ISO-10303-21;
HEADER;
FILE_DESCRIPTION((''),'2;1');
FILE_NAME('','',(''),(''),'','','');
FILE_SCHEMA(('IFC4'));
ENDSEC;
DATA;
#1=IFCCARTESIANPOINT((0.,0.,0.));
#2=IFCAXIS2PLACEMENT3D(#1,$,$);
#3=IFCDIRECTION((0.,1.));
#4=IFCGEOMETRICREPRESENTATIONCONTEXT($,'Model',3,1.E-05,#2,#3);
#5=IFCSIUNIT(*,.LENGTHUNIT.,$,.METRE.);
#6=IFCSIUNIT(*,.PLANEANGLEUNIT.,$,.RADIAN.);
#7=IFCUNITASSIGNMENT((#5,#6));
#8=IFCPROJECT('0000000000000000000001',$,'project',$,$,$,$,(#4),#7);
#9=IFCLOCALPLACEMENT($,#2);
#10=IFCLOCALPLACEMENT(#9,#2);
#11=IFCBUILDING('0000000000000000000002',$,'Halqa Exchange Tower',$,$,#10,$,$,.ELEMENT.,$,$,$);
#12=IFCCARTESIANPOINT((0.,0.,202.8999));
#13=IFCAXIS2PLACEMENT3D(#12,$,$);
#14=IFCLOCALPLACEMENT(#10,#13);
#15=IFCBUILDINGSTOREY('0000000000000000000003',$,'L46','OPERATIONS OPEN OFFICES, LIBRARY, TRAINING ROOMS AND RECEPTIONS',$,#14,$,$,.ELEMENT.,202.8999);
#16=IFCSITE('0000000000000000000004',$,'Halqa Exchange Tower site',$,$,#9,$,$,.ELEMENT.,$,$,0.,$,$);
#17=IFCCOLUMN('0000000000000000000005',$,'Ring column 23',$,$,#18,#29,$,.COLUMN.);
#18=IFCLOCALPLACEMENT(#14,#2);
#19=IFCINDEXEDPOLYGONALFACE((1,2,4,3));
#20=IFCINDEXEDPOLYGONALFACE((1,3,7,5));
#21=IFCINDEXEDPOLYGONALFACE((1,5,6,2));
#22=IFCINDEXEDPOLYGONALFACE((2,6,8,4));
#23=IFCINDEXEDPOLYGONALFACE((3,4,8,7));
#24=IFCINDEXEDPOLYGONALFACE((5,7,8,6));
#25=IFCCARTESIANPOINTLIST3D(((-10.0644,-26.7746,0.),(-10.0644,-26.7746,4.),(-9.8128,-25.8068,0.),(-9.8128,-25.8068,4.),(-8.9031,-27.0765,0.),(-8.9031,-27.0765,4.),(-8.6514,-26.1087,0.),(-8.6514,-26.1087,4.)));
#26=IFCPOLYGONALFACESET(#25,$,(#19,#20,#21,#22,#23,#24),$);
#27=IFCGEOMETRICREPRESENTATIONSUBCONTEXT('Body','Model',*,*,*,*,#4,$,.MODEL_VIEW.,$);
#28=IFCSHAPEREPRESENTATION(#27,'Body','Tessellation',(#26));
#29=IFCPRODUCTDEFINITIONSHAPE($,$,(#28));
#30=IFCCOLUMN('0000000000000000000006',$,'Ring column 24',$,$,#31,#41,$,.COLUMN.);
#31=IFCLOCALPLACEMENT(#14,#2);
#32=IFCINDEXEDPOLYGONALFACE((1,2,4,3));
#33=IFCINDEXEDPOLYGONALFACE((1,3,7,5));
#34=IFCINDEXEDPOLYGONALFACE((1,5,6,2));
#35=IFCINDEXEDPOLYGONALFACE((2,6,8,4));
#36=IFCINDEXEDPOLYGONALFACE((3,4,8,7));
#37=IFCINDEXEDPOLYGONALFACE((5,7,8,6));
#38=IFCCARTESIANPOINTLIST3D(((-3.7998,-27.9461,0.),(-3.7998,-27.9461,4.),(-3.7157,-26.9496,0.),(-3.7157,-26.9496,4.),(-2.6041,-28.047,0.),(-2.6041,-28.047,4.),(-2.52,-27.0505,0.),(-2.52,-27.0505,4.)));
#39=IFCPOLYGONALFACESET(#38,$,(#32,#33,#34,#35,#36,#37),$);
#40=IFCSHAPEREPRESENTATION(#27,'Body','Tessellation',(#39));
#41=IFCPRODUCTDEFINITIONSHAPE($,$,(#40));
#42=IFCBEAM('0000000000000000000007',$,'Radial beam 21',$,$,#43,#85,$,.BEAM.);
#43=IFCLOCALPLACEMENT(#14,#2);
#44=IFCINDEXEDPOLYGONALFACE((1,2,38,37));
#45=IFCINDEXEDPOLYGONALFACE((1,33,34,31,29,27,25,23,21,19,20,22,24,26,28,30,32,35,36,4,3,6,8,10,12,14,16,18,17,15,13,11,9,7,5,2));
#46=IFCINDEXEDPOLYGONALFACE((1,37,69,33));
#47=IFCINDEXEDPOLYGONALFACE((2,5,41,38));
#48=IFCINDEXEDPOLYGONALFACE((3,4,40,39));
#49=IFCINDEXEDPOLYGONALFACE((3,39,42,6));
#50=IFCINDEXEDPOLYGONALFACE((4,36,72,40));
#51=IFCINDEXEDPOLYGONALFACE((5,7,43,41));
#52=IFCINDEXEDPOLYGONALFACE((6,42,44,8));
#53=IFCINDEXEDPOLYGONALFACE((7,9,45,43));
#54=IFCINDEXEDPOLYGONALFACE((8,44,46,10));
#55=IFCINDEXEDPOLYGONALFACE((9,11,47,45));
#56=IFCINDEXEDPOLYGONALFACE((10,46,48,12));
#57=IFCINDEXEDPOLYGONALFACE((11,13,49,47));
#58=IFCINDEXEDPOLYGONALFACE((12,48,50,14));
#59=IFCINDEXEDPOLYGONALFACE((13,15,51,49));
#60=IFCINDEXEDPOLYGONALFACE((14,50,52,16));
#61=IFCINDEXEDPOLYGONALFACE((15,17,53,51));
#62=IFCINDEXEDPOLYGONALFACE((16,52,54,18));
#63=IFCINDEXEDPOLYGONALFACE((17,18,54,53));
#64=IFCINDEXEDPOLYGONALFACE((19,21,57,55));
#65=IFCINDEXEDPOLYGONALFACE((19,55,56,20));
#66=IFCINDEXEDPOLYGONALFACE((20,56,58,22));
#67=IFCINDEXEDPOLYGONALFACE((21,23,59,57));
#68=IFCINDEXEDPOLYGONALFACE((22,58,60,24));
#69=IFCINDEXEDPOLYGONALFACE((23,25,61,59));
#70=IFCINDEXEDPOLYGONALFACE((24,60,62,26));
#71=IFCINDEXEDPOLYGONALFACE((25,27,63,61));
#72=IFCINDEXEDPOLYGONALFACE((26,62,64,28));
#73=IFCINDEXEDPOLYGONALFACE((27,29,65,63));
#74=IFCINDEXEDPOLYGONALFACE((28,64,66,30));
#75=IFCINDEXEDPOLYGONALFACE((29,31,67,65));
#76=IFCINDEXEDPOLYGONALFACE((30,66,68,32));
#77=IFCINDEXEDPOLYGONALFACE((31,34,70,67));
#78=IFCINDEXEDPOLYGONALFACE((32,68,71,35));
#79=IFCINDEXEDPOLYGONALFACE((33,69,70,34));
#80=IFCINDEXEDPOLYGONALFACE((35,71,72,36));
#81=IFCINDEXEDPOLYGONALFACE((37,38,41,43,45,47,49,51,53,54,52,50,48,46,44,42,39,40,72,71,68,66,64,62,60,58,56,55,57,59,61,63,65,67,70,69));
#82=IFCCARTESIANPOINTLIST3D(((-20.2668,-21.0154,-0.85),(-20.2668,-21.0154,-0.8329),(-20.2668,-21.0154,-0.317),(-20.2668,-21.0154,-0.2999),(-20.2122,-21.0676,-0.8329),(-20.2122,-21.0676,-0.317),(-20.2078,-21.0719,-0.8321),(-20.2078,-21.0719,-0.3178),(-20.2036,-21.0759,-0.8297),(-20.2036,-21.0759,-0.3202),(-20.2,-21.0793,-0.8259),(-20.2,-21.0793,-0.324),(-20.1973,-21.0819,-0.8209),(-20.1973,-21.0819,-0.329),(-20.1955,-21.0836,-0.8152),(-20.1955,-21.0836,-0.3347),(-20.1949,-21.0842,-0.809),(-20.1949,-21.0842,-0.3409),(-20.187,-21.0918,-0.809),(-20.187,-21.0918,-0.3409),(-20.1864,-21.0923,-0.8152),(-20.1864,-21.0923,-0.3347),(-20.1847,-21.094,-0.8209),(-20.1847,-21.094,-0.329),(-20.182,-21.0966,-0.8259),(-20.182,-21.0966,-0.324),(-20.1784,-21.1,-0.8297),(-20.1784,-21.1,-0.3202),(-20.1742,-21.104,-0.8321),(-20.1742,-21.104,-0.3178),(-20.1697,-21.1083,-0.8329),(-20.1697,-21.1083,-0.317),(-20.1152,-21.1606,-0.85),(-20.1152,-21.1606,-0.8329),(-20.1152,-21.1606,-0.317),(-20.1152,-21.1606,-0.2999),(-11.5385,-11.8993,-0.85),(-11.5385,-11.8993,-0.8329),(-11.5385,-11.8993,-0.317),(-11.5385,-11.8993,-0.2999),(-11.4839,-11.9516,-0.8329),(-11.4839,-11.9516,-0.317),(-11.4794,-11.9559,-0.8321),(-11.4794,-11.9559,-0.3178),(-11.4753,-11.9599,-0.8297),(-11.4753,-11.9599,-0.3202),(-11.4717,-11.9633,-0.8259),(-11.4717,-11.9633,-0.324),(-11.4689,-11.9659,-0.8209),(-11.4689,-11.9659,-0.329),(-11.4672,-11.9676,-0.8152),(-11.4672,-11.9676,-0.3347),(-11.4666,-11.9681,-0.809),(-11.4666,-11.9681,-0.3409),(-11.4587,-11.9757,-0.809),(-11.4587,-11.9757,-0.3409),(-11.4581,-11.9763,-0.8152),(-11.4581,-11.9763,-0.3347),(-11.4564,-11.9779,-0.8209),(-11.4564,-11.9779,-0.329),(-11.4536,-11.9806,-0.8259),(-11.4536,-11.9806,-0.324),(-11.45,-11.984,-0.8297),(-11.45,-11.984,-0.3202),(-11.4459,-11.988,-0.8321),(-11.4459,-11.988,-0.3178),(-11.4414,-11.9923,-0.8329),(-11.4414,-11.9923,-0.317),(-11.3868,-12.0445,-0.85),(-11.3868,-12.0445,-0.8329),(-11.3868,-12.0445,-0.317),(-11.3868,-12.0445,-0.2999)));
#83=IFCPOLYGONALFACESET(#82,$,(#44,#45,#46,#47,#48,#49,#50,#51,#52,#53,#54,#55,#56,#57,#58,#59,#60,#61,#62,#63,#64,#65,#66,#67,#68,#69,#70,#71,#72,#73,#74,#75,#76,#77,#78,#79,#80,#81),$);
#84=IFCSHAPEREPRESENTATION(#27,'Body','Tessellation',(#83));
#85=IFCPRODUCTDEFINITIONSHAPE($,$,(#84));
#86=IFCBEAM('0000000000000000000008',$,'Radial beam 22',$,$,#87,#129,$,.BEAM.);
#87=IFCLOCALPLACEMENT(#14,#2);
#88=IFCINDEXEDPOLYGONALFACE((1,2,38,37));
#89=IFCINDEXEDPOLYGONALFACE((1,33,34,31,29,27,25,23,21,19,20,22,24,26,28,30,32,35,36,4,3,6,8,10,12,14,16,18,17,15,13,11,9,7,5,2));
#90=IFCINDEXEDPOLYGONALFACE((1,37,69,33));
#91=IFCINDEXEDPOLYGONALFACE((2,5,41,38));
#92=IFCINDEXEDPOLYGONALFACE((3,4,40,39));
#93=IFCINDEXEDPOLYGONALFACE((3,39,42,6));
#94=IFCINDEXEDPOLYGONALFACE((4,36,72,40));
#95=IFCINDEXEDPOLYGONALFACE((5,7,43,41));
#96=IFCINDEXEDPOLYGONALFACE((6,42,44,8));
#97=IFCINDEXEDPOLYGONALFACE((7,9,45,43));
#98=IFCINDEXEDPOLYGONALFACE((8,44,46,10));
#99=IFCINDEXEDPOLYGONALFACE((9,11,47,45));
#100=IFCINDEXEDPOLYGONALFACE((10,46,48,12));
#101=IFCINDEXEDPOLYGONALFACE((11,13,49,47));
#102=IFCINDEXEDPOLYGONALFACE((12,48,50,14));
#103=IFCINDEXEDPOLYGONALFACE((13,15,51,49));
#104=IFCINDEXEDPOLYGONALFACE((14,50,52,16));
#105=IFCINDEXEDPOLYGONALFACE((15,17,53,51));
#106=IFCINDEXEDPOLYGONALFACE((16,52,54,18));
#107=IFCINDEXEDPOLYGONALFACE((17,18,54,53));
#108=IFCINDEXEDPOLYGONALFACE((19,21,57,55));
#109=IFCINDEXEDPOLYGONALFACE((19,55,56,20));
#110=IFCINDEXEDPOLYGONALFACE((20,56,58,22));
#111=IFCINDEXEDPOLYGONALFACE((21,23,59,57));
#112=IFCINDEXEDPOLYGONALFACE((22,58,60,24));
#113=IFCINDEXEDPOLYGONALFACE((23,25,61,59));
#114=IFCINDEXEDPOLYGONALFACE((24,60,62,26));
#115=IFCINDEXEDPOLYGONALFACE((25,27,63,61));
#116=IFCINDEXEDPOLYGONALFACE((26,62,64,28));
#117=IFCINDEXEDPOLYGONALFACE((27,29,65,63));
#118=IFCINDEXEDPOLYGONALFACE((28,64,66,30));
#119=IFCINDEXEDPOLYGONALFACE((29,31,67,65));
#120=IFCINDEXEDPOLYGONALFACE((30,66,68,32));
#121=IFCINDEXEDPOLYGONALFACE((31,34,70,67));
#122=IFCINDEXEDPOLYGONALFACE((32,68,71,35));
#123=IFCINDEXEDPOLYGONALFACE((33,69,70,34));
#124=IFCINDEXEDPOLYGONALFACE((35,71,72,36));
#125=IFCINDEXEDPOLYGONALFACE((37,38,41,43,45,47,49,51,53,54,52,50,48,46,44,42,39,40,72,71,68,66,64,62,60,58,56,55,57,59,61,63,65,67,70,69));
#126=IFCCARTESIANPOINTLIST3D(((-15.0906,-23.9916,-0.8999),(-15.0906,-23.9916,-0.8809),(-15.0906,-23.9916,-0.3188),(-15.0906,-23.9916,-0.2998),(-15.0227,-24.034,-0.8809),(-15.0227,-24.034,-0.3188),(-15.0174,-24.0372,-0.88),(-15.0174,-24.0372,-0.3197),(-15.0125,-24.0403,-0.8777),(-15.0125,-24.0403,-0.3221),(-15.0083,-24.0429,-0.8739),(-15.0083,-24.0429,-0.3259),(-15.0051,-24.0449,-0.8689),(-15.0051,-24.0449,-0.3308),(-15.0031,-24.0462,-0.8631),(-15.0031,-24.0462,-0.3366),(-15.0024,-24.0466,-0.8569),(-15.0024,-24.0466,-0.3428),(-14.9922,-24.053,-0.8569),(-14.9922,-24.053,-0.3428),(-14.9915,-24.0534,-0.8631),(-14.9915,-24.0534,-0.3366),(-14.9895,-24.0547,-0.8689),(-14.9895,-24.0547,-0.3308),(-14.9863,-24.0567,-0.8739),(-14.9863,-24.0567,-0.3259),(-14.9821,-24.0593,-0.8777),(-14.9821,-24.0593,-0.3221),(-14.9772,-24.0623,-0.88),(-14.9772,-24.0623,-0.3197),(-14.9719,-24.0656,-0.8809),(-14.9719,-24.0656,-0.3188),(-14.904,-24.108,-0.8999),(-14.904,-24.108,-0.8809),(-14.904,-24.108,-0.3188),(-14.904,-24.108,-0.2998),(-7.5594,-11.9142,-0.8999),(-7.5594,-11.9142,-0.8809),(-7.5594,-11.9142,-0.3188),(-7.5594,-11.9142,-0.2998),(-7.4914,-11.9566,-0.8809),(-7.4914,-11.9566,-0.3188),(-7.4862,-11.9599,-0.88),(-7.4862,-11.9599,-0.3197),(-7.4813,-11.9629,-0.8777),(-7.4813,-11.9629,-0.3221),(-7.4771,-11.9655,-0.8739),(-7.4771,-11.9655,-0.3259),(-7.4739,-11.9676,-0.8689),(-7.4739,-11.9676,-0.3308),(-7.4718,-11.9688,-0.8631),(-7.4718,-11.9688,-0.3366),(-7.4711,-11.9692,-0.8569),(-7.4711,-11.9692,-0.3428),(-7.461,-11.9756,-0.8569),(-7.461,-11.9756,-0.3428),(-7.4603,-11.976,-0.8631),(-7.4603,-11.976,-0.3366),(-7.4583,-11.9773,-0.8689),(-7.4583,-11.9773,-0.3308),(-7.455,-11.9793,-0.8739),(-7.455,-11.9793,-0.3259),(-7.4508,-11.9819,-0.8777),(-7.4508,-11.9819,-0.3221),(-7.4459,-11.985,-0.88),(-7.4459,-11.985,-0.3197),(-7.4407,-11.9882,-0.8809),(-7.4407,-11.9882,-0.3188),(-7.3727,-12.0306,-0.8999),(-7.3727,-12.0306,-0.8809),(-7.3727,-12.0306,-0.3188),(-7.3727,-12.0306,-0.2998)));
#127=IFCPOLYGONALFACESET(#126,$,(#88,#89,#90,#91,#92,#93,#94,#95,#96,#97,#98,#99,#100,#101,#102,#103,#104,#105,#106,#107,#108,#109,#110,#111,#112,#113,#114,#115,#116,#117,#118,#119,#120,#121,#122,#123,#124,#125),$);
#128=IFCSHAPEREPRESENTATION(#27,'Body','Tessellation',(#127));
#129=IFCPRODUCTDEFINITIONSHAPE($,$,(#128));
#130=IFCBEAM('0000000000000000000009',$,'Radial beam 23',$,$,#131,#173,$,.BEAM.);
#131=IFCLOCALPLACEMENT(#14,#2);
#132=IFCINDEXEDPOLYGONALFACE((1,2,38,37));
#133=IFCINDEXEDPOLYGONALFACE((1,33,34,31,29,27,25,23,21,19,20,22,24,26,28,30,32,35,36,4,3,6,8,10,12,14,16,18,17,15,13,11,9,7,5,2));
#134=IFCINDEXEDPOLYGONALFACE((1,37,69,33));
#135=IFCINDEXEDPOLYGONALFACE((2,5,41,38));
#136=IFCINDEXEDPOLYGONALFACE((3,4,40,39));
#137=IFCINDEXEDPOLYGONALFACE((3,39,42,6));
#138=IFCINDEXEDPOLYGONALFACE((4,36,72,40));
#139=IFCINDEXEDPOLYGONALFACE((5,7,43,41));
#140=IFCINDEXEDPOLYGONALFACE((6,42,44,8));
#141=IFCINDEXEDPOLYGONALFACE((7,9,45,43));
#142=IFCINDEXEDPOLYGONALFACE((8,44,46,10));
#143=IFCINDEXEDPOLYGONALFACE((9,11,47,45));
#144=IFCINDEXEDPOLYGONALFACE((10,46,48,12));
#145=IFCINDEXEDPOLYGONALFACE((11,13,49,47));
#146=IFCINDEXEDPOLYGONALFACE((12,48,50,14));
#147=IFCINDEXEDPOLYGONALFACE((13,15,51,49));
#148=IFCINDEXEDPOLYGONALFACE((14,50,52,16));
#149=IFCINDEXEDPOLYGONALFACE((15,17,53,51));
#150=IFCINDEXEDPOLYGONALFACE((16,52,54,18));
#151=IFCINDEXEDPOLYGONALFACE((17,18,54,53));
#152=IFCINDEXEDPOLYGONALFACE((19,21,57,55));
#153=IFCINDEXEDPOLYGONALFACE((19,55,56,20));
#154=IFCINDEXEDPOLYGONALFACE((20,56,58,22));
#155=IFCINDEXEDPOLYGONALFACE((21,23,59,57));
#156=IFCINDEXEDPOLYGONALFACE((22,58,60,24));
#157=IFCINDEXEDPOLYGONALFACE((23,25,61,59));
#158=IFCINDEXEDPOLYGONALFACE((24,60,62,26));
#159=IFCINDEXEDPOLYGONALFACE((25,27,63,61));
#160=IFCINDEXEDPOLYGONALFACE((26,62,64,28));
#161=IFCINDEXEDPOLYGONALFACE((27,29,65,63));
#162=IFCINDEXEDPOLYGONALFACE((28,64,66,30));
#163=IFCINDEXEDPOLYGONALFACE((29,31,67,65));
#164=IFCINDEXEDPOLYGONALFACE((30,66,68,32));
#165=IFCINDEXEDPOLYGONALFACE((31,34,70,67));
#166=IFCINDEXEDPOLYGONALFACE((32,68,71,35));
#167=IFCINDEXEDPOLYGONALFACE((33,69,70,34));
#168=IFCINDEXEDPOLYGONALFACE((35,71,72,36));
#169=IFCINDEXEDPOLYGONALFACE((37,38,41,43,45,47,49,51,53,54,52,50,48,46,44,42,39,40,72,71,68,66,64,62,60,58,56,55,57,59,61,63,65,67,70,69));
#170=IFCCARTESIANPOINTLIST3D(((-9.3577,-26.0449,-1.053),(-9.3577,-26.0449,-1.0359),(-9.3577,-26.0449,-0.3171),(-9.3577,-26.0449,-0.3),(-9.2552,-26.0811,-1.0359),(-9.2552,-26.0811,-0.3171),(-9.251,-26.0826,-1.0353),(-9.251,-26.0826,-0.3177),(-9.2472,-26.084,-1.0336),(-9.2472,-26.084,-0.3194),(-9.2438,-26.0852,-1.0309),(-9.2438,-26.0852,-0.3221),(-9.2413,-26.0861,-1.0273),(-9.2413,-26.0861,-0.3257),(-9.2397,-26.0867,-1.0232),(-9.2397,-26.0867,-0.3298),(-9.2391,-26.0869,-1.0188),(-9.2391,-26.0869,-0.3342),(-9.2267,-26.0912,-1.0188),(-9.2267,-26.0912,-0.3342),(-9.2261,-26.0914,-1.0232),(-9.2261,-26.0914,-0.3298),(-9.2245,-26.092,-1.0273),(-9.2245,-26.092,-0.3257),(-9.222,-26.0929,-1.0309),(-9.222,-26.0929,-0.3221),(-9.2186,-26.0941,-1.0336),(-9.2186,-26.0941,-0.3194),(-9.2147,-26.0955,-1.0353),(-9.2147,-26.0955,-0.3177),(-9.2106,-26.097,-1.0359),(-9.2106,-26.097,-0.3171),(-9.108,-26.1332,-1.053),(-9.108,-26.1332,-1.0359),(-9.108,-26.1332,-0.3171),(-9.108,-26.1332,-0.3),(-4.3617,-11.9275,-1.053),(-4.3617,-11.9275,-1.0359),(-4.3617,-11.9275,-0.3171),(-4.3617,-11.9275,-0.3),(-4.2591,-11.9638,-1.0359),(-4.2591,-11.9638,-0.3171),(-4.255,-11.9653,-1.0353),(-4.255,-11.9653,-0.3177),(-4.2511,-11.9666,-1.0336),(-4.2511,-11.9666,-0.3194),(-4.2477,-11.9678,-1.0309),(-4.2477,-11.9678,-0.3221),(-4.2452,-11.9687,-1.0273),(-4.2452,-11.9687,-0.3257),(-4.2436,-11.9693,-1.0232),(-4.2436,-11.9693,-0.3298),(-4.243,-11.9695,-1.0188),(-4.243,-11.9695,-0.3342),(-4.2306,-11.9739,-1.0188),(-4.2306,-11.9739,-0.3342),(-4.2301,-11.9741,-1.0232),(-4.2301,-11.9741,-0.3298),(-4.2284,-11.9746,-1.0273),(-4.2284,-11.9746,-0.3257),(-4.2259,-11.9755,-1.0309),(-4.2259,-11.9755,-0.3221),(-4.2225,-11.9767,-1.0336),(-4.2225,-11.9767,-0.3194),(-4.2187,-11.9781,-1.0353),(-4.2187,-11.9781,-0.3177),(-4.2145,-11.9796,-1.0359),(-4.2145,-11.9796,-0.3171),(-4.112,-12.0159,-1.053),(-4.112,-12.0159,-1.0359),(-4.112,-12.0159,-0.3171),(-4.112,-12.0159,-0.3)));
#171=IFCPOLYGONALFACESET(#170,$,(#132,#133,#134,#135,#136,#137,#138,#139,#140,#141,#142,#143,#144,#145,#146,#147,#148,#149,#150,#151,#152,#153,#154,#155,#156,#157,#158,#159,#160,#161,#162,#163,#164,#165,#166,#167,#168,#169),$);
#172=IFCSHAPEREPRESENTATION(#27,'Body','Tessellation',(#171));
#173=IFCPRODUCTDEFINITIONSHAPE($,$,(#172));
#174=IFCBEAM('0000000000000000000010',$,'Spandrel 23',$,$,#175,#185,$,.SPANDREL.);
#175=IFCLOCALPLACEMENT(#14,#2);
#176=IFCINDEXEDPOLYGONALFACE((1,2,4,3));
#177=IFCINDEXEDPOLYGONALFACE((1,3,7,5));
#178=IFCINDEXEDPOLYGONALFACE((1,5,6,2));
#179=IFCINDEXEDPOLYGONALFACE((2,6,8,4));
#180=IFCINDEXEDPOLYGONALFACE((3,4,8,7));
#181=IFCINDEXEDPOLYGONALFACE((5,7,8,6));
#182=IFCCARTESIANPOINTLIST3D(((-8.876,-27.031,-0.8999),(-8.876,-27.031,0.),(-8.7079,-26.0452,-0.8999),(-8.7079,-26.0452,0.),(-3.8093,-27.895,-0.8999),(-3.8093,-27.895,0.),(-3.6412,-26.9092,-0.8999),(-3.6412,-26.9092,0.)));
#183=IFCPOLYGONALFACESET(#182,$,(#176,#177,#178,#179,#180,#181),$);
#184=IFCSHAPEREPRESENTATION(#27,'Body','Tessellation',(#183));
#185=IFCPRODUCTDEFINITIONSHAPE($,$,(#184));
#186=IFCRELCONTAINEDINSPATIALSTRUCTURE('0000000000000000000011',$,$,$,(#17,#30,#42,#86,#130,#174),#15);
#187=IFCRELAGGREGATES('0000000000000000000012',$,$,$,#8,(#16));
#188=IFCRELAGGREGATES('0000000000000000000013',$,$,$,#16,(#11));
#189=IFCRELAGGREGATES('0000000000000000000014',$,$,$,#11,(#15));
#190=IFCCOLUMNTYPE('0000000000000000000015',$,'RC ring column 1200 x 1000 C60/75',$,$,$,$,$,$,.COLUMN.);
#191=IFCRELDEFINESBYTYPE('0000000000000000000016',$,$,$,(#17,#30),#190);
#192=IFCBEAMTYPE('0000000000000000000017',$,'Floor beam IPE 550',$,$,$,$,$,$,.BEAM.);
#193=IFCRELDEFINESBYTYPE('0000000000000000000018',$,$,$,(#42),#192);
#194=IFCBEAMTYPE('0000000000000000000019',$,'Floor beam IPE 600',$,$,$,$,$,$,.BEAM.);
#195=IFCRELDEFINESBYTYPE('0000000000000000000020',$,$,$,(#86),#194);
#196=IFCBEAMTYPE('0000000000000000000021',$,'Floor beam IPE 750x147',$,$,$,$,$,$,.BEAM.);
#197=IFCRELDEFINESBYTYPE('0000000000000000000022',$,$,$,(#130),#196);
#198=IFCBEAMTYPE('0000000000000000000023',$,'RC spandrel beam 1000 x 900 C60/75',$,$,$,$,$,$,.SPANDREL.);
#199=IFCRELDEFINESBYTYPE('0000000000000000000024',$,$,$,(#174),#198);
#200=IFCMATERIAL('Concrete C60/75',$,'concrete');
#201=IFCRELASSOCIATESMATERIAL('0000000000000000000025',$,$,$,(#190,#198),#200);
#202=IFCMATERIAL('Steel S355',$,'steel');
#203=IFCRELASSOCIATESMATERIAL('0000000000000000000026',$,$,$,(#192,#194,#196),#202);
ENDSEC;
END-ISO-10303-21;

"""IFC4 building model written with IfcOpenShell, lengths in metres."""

from ifc_helpers import new_model, si_unit, direction, frame, origin, origin_2d, place, context, subcontext, project, spatial, rectangle, i_section, extrude, material, material_profile, profile_set, type_object, element, save


model = new_model("IFC4")

# Units and contexts
model_context = context("Model", 3, precision=1e-05, world=origin(), true_north=direction((0.0, 1.0)))
body_context = subcontext(model_context, "Body", "Model", "MODEL_VIEW")
ifc_project = project(units=[si_unit("LENGTHUNIT", "METRE"), si_unit("PLANEANGLEUNIT", "RADIAN")], contexts=[model_context])

# Site, building, storey
site_placement = place(None, origin())
site = spatial("IfcSite", under=ifc_project, at=site_placement, Name="Halqa Exchange Tower site", CompositionType="ELEMENT", RefElevation=0.0)
building_placement = place(site_placement, origin())
building = spatial("IfcBuilding", under=site, at=building_placement, Name="Halqa Exchange Tower", CompositionType="ELEMENT")
storey_placement = place(building_placement, frame((0.0, 0.0, 202.8999)))
storey = spatial("IfcBuildingStorey", under=building, at=storey_placement, Name="L46", Description="OPERATIONS OPEN OFFICES, LIBRARY, TRAINING ROOMS AND RECEPTIONS", CompositionType="ELEMENT", Elevation=202.8999)

# Columns
ifc_material_1 = material(Name="Concrete C60/75", Category="concrete")
ifc_material_profile_1 = material_profile(ifc_material_1, rectangle(XDim=1.2, YDim=1.0, at=origin_2d()), Name="1200 x 1000")
ifc_profile_set_1 = profile_set([ifc_material_profile_1], Name="Concrete C60/75")
column_type = type_object("IfcColumnType", Name="RC ring column 1200 x 1000 C60/75", PredefinedType="COLUMN", material=ifc_profile_set_1)
for number, where, z_axis, x_axis, name in (
    (1, (-9.3579, -26.4417, 0.0), (0.0, 0.0, 1.0), (0.96782, -0.251642, 0.0), "Ring column 23"),
    (2, (-3.1599, -27.4983, 0.0), (0.0, 0.0, 1.0), (0.996456, -0.084118, 0.0), "Ring column 24"),
):
    element("IfcColumn", number, at=place(storey_placement, frame(where, z_axis=z_axis, x_axis=x_axis)), inside=storey, type_object=column_type, Name=name, PredefinedType="COLUMN", context=body_context, shape_type="SweptSolid", body=[
        extrude(rectangle(XDim=1.2, YDim=1.0, at=origin_2d()), origin(), (0.0, 0.0, 1.0), 4.0),
    ])

# Beams
ifc_material_2 = material(Name="Steel S355", Category="steel")
ifc_material_profile_2 = material_profile(ifc_material_2, i_section(OverallWidth=0.21, OverallDepth=0.55, WebThickness=0.011, FlangeThickness=0.0171, FilletRadius=0.0239, at=origin_2d()), Name="IPE 550")
ifc_profile_set_2 = profile_set([ifc_material_profile_2], Name="Steel S355")
beam_type_1 = type_object("IfcBeamType", Name="Floor beam IPE 550", PredefinedType="BEAM", material=ifc_profile_set_2)
beam_1_placement = place(storey_placement, frame((-11.4626, -11.9719, -0.575), z_axis=(-0.691581, -0.722299, 0.0), x_axis=(0.722299, -0.691581, 0.0)))
element("IfcBeam", 3, at=beam_1_placement, inside=storey, type_object=beam_type_1, Name="Radial beam 21", PredefinedType="BEAM", context=body_context, shape_type="SweptSolid", body=[
    extrude(i_section(OverallWidth=0.21, OverallDepth=0.55, WebThickness=0.011, FlangeThickness=0.0171, FilletRadius=0.0239, at=origin_2d()), origin(), (0.0, 0.0, 1.0), 12.6208),
])
ifc_material_profile_3 = material_profile(ifc_material_2, i_section(OverallWidth=0.22, OverallDepth=0.6001, WebThickness=0.012, FlangeThickness=0.019, FilletRadius=0.0239, at=origin_2d()), Name="IPE 600")
ifc_profile_set_3 = profile_set([ifc_material_profile_3], Name="Steel S355")
beam_type_2 = type_object("IfcBeamType", Name="Floor beam IPE 600", PredefinedType="BEAM", material=ifc_profile_set_3)
beam_2_placement = place(storey_placement, frame((-7.4661, -11.9724, -0.5999), z_axis=(-0.529134, -0.848538, 0.0), x_axis=(0.848538, -0.529134, 0.0)))
element("IfcBeam", 4, at=beam_2_placement, inside=storey, type_object=beam_type_2, Name="Radial beam 22", PredefinedType="BEAM", context=body_context, shape_type="SweptSolid", body=[
    extrude(i_section(OverallWidth=0.22, OverallDepth=0.6001, WebThickness=0.012, FlangeThickness=0.019, FilletRadius=0.0239, at=origin_2d()), origin(), (0.0, 0.0, 1.0), 14.2332),
])
ifc_material_profile_4 = material_profile(ifc_material_2, i_section(OverallWidth=0.2649, OverallDepth=0.7529, WebThickness=0.0132, FlangeThickness=0.0171, FilletRadius=0.0171, at=origin_2d()), Name="IPE 750x147")
ifc_profile_set_4 = profile_set([ifc_material_profile_4], Name="Steel S355")
beam_type_3 = type_object("IfcBeamType", Name="Floor beam IPE 750x147", PredefinedType="BEAM", material=ifc_profile_set_4)
beam_3_placement = place(storey_placement, frame((-4.2368, -11.9717, -0.6765), z_axis=(-0.33362, -0.942708, 0.0), x_axis=(0.942708, -0.33362, 0.0)))
element("IfcBeam", 5, at=beam_3_placement, inside=storey, type_object=beam_type_3, Name="Radial beam 23", PredefinedType="BEAM", context=body_context, shape_type="SweptSolid", body=[
    extrude(i_section(OverallWidth=0.2649, OverallDepth=0.7529, WebThickness=0.0132, FlangeThickness=0.0171, FilletRadius=0.0171, at=origin_2d()), origin(), (0.0, 0.0, 1.0), 14.9753),
])
ifc_material_profile_5 = material_profile(ifc_material_1, rectangle(XDim=1.0, YDim=0.8999, at=origin_2d()), Name="1000 x 900")
ifc_profile_set_5 = profile_set([ifc_material_profile_5], Name="Concrete C60/75")
beam_type_4 = type_object("IfcBeamType", Name="RC spandrel beam 1000 x 900 C60/75", PredefinedType="SPANDREL", material=ifc_profile_set_5)
beam_4_placement = place(storey_placement, frame((-8.792, -26.5381, -0.45), z_axis=(0.985769, -0.168103, 0.0), x_axis=(0.168103, 0.985769, 0.0)))
element("IfcBeam", 6, at=beam_4_placement, inside=storey, type_object=beam_type_4, Name="Spandrel 23", PredefinedType="SPANDREL", context=body_context, shape_type="SweptSolid", body=[
    extrude(rectangle(XDim=1.0, YDim=0.8999, at=origin_2d()), origin(), (0.0, 0.0, 1.0), 5.1399),
])

save(model, "model.ifc")
